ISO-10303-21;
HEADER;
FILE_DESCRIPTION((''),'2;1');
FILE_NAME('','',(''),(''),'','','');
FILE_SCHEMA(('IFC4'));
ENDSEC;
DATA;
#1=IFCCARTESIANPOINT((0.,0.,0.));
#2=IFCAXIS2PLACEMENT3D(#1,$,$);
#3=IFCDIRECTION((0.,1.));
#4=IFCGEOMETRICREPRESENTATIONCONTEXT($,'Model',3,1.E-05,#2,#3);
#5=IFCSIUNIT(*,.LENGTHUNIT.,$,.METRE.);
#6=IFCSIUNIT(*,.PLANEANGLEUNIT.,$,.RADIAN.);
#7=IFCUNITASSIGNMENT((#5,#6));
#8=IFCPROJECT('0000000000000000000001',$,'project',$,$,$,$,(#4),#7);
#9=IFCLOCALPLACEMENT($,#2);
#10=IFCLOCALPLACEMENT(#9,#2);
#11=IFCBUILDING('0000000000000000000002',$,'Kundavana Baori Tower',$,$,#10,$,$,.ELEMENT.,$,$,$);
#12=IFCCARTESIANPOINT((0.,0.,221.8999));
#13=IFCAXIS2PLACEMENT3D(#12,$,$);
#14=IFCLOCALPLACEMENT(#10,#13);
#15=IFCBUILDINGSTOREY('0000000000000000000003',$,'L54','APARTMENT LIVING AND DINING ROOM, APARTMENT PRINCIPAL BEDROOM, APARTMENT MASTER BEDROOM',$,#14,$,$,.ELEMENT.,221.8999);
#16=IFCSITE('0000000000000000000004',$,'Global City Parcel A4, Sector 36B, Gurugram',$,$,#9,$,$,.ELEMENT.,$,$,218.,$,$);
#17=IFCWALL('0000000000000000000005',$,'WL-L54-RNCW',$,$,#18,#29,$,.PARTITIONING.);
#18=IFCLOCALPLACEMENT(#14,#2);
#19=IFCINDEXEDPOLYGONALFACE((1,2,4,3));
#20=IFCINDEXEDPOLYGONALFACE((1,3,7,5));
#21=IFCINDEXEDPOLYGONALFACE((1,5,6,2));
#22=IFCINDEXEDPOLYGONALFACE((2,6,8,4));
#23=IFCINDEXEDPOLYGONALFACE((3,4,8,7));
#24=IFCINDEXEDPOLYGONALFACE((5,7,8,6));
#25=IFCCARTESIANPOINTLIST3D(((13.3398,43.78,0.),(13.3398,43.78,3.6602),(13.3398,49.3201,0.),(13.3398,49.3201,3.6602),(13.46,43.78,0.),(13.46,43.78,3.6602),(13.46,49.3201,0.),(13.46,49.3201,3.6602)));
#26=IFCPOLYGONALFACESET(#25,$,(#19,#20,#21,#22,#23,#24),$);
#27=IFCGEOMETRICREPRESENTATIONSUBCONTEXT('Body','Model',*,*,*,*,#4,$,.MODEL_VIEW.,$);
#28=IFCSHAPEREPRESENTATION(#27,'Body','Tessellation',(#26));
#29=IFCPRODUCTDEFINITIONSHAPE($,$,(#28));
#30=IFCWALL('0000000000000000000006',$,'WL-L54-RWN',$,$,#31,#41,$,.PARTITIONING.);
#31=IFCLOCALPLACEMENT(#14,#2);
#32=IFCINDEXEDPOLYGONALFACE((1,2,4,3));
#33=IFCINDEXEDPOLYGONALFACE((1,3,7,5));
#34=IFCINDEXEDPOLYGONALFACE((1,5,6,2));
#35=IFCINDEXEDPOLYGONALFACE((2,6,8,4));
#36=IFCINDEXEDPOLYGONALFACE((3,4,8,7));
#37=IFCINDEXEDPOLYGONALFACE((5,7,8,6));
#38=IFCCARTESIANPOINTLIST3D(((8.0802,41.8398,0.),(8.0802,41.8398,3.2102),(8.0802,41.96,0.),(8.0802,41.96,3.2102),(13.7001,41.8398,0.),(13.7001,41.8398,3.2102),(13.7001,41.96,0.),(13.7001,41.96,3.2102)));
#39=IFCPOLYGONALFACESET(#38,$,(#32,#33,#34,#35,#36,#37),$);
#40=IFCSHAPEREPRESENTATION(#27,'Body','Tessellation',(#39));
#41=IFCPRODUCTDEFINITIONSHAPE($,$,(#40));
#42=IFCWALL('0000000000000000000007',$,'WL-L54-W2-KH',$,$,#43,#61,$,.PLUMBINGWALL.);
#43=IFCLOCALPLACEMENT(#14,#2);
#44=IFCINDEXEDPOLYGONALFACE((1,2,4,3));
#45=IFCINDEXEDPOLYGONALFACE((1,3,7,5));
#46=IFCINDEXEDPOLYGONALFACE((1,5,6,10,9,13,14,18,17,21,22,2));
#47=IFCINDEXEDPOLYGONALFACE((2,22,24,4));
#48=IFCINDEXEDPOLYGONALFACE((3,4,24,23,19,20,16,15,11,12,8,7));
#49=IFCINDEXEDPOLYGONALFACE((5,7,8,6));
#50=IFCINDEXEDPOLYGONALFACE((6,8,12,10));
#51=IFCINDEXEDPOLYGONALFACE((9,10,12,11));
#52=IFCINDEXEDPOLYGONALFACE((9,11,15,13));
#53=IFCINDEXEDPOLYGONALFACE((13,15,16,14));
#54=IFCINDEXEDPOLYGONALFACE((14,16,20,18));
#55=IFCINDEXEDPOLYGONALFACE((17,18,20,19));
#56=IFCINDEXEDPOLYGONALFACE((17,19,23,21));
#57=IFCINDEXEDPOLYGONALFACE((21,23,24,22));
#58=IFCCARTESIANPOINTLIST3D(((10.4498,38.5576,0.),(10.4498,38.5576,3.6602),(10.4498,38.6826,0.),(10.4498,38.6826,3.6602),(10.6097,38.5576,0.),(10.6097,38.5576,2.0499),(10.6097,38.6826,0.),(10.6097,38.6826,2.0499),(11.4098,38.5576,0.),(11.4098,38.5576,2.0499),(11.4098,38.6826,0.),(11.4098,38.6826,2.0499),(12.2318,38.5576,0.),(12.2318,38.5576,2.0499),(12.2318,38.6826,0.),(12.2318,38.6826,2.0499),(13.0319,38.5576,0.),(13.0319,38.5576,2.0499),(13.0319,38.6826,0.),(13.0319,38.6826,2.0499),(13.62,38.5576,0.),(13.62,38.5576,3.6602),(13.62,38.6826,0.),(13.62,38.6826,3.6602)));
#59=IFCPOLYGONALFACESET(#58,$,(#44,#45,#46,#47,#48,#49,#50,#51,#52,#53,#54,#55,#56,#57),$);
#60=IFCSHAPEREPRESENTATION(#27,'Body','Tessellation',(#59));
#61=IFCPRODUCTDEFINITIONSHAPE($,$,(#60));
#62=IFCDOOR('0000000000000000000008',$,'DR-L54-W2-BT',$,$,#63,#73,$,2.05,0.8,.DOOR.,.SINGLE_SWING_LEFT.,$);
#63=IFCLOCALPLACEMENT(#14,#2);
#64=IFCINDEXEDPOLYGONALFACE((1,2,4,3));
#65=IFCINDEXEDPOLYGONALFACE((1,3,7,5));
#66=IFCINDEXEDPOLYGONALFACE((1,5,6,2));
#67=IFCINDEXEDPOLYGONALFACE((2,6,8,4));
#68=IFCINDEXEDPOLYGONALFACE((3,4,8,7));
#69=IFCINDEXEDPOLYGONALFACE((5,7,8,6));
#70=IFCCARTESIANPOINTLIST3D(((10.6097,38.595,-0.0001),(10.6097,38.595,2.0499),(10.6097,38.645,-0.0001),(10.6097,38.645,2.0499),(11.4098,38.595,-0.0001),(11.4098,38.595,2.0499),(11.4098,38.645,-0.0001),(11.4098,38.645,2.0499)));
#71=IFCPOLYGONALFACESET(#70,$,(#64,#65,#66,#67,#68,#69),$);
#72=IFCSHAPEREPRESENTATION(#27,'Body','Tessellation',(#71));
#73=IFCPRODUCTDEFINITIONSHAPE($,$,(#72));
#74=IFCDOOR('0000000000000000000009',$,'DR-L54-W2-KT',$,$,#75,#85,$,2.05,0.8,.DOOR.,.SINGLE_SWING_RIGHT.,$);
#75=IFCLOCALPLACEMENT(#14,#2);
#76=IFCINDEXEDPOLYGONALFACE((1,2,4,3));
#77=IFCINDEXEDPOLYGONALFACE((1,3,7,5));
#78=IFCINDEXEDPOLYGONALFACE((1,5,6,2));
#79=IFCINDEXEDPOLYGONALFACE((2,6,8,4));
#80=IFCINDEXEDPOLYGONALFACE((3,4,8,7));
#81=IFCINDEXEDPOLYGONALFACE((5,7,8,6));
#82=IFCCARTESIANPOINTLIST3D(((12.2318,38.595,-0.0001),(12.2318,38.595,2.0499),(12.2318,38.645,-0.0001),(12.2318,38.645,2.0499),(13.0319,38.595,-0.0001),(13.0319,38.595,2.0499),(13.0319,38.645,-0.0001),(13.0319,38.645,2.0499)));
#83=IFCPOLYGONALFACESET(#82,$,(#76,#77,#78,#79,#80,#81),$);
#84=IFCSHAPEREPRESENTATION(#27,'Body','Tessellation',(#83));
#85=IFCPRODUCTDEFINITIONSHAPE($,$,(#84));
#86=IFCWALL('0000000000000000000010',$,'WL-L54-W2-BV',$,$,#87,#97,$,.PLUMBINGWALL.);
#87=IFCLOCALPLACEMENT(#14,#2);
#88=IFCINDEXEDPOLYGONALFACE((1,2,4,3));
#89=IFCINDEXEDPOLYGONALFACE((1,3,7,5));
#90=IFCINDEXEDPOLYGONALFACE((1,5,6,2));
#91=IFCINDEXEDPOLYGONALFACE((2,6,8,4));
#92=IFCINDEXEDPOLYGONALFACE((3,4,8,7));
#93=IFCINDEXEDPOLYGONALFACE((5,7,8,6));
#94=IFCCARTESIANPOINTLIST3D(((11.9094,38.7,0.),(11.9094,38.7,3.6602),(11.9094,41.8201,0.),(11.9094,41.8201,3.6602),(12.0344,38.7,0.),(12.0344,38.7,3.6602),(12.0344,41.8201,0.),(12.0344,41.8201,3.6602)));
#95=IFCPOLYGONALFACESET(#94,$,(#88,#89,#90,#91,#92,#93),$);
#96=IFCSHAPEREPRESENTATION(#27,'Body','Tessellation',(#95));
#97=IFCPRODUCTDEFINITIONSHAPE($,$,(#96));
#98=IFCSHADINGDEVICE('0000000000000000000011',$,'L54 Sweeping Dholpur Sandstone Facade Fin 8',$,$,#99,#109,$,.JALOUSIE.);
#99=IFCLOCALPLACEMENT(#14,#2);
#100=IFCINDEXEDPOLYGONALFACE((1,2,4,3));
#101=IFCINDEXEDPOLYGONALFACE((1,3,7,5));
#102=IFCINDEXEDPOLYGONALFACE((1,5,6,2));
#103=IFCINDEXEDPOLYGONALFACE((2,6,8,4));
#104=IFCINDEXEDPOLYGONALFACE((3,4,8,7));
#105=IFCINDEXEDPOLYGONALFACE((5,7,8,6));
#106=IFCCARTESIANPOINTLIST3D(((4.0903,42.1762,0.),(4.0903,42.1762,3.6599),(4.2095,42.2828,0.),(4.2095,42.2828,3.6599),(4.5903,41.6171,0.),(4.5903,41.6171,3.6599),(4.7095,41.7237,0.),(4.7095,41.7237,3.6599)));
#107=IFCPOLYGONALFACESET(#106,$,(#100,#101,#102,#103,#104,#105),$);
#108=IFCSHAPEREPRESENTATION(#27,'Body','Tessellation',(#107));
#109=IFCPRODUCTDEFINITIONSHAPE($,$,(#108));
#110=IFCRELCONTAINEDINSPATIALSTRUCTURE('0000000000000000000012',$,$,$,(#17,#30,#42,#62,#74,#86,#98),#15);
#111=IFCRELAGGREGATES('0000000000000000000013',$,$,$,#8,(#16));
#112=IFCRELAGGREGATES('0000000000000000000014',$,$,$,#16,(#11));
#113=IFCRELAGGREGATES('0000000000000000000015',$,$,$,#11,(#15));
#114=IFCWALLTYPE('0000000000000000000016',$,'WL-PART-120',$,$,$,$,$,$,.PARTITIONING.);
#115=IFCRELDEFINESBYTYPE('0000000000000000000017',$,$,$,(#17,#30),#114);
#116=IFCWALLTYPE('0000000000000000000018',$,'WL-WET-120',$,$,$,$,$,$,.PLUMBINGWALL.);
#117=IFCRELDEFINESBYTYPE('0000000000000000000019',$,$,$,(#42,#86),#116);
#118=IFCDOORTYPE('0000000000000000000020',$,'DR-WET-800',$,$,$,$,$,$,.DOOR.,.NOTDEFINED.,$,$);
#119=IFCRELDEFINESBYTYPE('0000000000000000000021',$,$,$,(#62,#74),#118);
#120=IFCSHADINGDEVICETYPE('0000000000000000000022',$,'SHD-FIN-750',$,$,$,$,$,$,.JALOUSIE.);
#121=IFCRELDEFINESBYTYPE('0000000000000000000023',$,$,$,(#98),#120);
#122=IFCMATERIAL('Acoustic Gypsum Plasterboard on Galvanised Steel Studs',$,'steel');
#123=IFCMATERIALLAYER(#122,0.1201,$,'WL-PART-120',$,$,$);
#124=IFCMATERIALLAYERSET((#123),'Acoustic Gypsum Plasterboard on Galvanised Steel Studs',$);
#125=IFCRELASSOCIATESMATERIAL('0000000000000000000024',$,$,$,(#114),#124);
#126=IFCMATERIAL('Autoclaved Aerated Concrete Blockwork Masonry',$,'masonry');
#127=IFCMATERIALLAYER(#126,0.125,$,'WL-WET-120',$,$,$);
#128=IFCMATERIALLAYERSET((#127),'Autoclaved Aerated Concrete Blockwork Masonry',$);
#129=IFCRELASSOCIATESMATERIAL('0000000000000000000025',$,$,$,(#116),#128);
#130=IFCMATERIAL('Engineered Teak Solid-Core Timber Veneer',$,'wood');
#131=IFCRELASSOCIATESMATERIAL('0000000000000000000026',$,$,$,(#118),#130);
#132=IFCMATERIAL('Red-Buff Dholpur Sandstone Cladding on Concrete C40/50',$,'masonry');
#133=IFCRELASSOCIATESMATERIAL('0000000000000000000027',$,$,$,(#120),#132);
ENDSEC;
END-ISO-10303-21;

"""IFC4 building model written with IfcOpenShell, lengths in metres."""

from ifc_helpers import new_model, si_unit, direction, frame, frame_2d, origin, origin_2d, place, context, subcontext, project, spatial, rectangle, extrude, material, layer, layer_set, type_object, element, fill, save


model = new_model("IFC4")

# Units and contexts
model_context = context("Model", 3, precision=1e-05, world=origin(), true_north=direction((0.0, 1.0)))
body_context = subcontext(model_context, "Body", "Model", "MODEL_VIEW")
ifc_project = project(units=[si_unit("LENGTHUNIT", "METRE"), si_unit("PLANEANGLEUNIT", "RADIAN")], contexts=[model_context])

# Site, building, storey
site_placement = place(None, origin())
site = spatial("IfcSite", under=ifc_project, at=site_placement, Name="Global City Parcel A4, Sector 36B, Gurugram", CompositionType="ELEMENT", RefElevation=218.0)
building_placement = place(site_placement, origin())
building = spatial("IfcBuilding", under=site, at=building_placement, Name="Kundavana Baori Tower", CompositionType="ELEMENT")
storey_placement = place(building_placement, frame((0.0, 0.0, 221.8999)))
storey = spatial("IfcBuildingStorey", under=building, at=storey_placement, Name="L54", Description="APARTMENT LIVING AND DINING ROOM, APARTMENT PRINCIPAL BEDROOM, APARTMENT MASTER BEDROOM", CompositionType="ELEMENT", Elevation=221.8999)

# Shared definitions
ifc_material_1 = material(Name="Acoustic Gypsum Plasterboard on Galvanised Steel Studs", Category="steel")
ifc_layer_1 = layer(ifc_material_1, 0.1201, Name="WL-PART-120")
ifc_layer_set_1 = layer_set([ifc_layer_1], Name="Acoustic Gypsum Plasterboard on Galvanised Steel Studs")
wall_type_1 = type_object("IfcWallType", Name="WL-PART-120", PredefinedType="PARTITIONING", material=ifc_layer_set_1)

# Walls
wall_1_placement = place(storey_placement, frame((13.3999, 43.78, 0.0), z_axis=(0.0, 0.0, 1.0), x_axis=(0.0, 1.0, 0.0)))
element("IfcWall", 1, at=wall_1_placement, inside=storey, type_object=wall_type_1, Name="WL-L54-RNCW", PredefinedType="PARTITIONING", context=body_context, shape_type="SweptSolid", body=[
    extrude(rectangle(XDim=5.54, YDim=0.1201, at=frame_2d((2.77, 0.0))), origin(), (0.0, 0.0, 1.0), 3.6602),
])
wall_2_placement = place(storey_placement, frame((8.0801, 41.8999, 0.0), z_axis=(0.0, 0.0, 1.0), x_axis=(1.0, 0.0, 0.0)))
element("IfcWall", 2, at=wall_2_placement, inside=storey, type_object=wall_type_1, Name="WL-L54-RWN", PredefinedType="PARTITIONING", context=body_context, shape_type="SweptSolid", body=[
    extrude(rectangle(XDim=5.6199, YDim=0.1201, at=frame_2d((2.8101, 0.0))), origin(), (0.0, 0.0, 1.0), 3.2102),
])

# Wall, openings, doors
ifc_material_2 = material(Name="Autoclaved Aerated Concrete Blockwork Masonry", Category="masonry")
ifc_layer_2 = layer(ifc_material_2, 0.125, Name="WL-WET-120")
ifc_layer_set_2 = layer_set([ifc_layer_2], Name="Autoclaved Aerated Concrete Blockwork Masonry")
wall_type_2 = type_object("IfcWallType", Name="WL-WET-120", PredefinedType="PLUMBINGWALL", material=ifc_layer_set_2)
wall_3_placement = place(storey_placement, frame((10.45, 38.6201, 0.0), z_axis=(0.0, 0.0, 1.0), x_axis=(1.0, 0.0, 0.0)))
wall_3 = element("IfcWall", 3, at=wall_3_placement, inside=storey, type_object=wall_type_2, Name="WL-L54-W2-KH", PredefinedType="PLUMBINGWALL", context=body_context, shape_type="SweptSolid", body=[
    extrude(rectangle(XDim=3.1702, YDim=0.125, at=frame_2d((1.585, 0.0))), origin(), (0.0, 0.0, 1.0), 3.6602),
])
opening_1_placement = place(wall_3_placement, frame((0.1599, 0.0, 0.0)))
opening_1 = element("IfcOpeningElement", 4, at=opening_1_placement, cuts=wall_3, PredefinedType="OPENING", context=body_context, shape_type="SweptSolid", body=[
    extrude(rectangle(XDim=0.8, YDim=2.05, at=frame_2d((0.3999, 1.0249))), frame((0.0, 0.0725, 0.0), z_axis=(0.0, -1.0, 0.0), x_axis=(1.0, 0.0, 0.0)), (0.0, 0.0, 1.0), 0.145),
])
opening_2_placement = place(wall_3_placement, frame((1.782, 0.0, 0.0)))
opening_2 = element("IfcOpeningElement", 5, at=opening_2_placement, cuts=wall_3, PredefinedType="OPENING", context=body_context, shape_type="SweptSolid", body=[
    extrude(rectangle(XDim=0.8, YDim=2.05, at=frame_2d((0.3999, 1.0249))), frame((0.0, 0.0725, 0.0), z_axis=(0.0, -1.0, 0.0), x_axis=(1.0, 0.0, 0.0)), (0.0, 0.0, 1.0), 0.145),
])
ifc_material_3 = material(Name="Engineered Teak Solid-Core Timber Veneer", Category="wood")
door_type_1 = type_object("IfcDoorType", Name="DR-WET-800", OperationType="NOTDEFINED", PredefinedType="DOOR", material=ifc_material_3)
door_1_placement = place(opening_1_placement, origin())
door_1 = element("IfcDoor", 6, at=door_1_placement, inside=storey, type_object=door_type_1, Name="DR-L54-W2-BT", OperationType="SINGLE_SWING_LEFT", OverallHeight=2.05, OverallWidth=0.8, PredefinedType="DOOR", context=body_context, shape_type="SweptSolid", body=[
    extrude(rectangle(XDim=0.8, YDim=2.05, at=frame_2d((0.3999, 1.0249))), frame((0.0, 0.0249, 0.0), z_axis=(0.0, -1.0, 0.0), x_axis=(1.0, 0.0, 0.0)), (0.0, 0.0, 1.0), 0.05),
])
fill(opening_1, door_1)
door_2_placement = place(opening_2_placement, origin())
door_2 = element("IfcDoor", 7, at=door_2_placement, inside=storey, type_object=door_type_1, Name="DR-L54-W2-KT", OperationType="SINGLE_SWING_RIGHT", OverallHeight=2.05, OverallWidth=0.8, PredefinedType="DOOR", context=body_context, shape_type="SweptSolid", body=[
    extrude(rectangle(XDim=0.8, YDim=2.05, at=frame_2d((0.3999, 1.0249))), frame((0.0, 0.0249, 0.0), z_axis=(0.0, -1.0, 0.0), x_axis=(1.0, 0.0, 0.0)), (0.0, 0.0, 1.0), 0.05),
])
fill(opening_2, door_2)

# Wall
wall_4_placement = place(storey_placement, frame((11.9719, 38.7, 0.0), z_axis=(0.0, 0.0, 1.0), x_axis=(0.0, 1.0, 0.0)))
element("IfcWall", 8, at=wall_4_placement, inside=storey, type_object=wall_type_2, Name="WL-L54-W2-BV", PredefinedType="PLUMBINGWALL", context=body_context, shape_type="SweptSolid", body=[
    extrude(rectangle(XDim=3.1201, YDim=0.125, at=frame_2d((1.5601, 0.0))), origin(), (0.0, 0.0, 1.0), 3.6602),
])

# Shading device
ifc_material_4 = material(Name="Red-Buff Dholpur Sandstone Cladding on Concrete C40/50", Category="masonry")
shading_device_type = type_object("IfcShadingDeviceType", Name="SHD-FIN-750", PredefinedType="JALOUSIE", material=ifc_material_4)
shading_device_placement = place(storey_placement, frame((4.3999, 41.95, 0.0), z_axis=(0.0, 0.0, 1.0), x_axis=(0.74536, 0.666663, 0.0)))
element("IfcShadingDevice", 9, at=shading_device_placement, inside=storey, type_object=shading_device_type, Name="L54 Sweeping Dholpur Sandstone Facade Fin 8", PredefinedType="JALOUSIE", context=body_context, shape_type="SweptSolid", body=[
    extrude(rectangle(XDim=0.1599, YDim=0.75, at=origin_2d()), origin(), (0.0, 0.0, 1.0), 3.6599),
])

save(model, "model.ifc")
